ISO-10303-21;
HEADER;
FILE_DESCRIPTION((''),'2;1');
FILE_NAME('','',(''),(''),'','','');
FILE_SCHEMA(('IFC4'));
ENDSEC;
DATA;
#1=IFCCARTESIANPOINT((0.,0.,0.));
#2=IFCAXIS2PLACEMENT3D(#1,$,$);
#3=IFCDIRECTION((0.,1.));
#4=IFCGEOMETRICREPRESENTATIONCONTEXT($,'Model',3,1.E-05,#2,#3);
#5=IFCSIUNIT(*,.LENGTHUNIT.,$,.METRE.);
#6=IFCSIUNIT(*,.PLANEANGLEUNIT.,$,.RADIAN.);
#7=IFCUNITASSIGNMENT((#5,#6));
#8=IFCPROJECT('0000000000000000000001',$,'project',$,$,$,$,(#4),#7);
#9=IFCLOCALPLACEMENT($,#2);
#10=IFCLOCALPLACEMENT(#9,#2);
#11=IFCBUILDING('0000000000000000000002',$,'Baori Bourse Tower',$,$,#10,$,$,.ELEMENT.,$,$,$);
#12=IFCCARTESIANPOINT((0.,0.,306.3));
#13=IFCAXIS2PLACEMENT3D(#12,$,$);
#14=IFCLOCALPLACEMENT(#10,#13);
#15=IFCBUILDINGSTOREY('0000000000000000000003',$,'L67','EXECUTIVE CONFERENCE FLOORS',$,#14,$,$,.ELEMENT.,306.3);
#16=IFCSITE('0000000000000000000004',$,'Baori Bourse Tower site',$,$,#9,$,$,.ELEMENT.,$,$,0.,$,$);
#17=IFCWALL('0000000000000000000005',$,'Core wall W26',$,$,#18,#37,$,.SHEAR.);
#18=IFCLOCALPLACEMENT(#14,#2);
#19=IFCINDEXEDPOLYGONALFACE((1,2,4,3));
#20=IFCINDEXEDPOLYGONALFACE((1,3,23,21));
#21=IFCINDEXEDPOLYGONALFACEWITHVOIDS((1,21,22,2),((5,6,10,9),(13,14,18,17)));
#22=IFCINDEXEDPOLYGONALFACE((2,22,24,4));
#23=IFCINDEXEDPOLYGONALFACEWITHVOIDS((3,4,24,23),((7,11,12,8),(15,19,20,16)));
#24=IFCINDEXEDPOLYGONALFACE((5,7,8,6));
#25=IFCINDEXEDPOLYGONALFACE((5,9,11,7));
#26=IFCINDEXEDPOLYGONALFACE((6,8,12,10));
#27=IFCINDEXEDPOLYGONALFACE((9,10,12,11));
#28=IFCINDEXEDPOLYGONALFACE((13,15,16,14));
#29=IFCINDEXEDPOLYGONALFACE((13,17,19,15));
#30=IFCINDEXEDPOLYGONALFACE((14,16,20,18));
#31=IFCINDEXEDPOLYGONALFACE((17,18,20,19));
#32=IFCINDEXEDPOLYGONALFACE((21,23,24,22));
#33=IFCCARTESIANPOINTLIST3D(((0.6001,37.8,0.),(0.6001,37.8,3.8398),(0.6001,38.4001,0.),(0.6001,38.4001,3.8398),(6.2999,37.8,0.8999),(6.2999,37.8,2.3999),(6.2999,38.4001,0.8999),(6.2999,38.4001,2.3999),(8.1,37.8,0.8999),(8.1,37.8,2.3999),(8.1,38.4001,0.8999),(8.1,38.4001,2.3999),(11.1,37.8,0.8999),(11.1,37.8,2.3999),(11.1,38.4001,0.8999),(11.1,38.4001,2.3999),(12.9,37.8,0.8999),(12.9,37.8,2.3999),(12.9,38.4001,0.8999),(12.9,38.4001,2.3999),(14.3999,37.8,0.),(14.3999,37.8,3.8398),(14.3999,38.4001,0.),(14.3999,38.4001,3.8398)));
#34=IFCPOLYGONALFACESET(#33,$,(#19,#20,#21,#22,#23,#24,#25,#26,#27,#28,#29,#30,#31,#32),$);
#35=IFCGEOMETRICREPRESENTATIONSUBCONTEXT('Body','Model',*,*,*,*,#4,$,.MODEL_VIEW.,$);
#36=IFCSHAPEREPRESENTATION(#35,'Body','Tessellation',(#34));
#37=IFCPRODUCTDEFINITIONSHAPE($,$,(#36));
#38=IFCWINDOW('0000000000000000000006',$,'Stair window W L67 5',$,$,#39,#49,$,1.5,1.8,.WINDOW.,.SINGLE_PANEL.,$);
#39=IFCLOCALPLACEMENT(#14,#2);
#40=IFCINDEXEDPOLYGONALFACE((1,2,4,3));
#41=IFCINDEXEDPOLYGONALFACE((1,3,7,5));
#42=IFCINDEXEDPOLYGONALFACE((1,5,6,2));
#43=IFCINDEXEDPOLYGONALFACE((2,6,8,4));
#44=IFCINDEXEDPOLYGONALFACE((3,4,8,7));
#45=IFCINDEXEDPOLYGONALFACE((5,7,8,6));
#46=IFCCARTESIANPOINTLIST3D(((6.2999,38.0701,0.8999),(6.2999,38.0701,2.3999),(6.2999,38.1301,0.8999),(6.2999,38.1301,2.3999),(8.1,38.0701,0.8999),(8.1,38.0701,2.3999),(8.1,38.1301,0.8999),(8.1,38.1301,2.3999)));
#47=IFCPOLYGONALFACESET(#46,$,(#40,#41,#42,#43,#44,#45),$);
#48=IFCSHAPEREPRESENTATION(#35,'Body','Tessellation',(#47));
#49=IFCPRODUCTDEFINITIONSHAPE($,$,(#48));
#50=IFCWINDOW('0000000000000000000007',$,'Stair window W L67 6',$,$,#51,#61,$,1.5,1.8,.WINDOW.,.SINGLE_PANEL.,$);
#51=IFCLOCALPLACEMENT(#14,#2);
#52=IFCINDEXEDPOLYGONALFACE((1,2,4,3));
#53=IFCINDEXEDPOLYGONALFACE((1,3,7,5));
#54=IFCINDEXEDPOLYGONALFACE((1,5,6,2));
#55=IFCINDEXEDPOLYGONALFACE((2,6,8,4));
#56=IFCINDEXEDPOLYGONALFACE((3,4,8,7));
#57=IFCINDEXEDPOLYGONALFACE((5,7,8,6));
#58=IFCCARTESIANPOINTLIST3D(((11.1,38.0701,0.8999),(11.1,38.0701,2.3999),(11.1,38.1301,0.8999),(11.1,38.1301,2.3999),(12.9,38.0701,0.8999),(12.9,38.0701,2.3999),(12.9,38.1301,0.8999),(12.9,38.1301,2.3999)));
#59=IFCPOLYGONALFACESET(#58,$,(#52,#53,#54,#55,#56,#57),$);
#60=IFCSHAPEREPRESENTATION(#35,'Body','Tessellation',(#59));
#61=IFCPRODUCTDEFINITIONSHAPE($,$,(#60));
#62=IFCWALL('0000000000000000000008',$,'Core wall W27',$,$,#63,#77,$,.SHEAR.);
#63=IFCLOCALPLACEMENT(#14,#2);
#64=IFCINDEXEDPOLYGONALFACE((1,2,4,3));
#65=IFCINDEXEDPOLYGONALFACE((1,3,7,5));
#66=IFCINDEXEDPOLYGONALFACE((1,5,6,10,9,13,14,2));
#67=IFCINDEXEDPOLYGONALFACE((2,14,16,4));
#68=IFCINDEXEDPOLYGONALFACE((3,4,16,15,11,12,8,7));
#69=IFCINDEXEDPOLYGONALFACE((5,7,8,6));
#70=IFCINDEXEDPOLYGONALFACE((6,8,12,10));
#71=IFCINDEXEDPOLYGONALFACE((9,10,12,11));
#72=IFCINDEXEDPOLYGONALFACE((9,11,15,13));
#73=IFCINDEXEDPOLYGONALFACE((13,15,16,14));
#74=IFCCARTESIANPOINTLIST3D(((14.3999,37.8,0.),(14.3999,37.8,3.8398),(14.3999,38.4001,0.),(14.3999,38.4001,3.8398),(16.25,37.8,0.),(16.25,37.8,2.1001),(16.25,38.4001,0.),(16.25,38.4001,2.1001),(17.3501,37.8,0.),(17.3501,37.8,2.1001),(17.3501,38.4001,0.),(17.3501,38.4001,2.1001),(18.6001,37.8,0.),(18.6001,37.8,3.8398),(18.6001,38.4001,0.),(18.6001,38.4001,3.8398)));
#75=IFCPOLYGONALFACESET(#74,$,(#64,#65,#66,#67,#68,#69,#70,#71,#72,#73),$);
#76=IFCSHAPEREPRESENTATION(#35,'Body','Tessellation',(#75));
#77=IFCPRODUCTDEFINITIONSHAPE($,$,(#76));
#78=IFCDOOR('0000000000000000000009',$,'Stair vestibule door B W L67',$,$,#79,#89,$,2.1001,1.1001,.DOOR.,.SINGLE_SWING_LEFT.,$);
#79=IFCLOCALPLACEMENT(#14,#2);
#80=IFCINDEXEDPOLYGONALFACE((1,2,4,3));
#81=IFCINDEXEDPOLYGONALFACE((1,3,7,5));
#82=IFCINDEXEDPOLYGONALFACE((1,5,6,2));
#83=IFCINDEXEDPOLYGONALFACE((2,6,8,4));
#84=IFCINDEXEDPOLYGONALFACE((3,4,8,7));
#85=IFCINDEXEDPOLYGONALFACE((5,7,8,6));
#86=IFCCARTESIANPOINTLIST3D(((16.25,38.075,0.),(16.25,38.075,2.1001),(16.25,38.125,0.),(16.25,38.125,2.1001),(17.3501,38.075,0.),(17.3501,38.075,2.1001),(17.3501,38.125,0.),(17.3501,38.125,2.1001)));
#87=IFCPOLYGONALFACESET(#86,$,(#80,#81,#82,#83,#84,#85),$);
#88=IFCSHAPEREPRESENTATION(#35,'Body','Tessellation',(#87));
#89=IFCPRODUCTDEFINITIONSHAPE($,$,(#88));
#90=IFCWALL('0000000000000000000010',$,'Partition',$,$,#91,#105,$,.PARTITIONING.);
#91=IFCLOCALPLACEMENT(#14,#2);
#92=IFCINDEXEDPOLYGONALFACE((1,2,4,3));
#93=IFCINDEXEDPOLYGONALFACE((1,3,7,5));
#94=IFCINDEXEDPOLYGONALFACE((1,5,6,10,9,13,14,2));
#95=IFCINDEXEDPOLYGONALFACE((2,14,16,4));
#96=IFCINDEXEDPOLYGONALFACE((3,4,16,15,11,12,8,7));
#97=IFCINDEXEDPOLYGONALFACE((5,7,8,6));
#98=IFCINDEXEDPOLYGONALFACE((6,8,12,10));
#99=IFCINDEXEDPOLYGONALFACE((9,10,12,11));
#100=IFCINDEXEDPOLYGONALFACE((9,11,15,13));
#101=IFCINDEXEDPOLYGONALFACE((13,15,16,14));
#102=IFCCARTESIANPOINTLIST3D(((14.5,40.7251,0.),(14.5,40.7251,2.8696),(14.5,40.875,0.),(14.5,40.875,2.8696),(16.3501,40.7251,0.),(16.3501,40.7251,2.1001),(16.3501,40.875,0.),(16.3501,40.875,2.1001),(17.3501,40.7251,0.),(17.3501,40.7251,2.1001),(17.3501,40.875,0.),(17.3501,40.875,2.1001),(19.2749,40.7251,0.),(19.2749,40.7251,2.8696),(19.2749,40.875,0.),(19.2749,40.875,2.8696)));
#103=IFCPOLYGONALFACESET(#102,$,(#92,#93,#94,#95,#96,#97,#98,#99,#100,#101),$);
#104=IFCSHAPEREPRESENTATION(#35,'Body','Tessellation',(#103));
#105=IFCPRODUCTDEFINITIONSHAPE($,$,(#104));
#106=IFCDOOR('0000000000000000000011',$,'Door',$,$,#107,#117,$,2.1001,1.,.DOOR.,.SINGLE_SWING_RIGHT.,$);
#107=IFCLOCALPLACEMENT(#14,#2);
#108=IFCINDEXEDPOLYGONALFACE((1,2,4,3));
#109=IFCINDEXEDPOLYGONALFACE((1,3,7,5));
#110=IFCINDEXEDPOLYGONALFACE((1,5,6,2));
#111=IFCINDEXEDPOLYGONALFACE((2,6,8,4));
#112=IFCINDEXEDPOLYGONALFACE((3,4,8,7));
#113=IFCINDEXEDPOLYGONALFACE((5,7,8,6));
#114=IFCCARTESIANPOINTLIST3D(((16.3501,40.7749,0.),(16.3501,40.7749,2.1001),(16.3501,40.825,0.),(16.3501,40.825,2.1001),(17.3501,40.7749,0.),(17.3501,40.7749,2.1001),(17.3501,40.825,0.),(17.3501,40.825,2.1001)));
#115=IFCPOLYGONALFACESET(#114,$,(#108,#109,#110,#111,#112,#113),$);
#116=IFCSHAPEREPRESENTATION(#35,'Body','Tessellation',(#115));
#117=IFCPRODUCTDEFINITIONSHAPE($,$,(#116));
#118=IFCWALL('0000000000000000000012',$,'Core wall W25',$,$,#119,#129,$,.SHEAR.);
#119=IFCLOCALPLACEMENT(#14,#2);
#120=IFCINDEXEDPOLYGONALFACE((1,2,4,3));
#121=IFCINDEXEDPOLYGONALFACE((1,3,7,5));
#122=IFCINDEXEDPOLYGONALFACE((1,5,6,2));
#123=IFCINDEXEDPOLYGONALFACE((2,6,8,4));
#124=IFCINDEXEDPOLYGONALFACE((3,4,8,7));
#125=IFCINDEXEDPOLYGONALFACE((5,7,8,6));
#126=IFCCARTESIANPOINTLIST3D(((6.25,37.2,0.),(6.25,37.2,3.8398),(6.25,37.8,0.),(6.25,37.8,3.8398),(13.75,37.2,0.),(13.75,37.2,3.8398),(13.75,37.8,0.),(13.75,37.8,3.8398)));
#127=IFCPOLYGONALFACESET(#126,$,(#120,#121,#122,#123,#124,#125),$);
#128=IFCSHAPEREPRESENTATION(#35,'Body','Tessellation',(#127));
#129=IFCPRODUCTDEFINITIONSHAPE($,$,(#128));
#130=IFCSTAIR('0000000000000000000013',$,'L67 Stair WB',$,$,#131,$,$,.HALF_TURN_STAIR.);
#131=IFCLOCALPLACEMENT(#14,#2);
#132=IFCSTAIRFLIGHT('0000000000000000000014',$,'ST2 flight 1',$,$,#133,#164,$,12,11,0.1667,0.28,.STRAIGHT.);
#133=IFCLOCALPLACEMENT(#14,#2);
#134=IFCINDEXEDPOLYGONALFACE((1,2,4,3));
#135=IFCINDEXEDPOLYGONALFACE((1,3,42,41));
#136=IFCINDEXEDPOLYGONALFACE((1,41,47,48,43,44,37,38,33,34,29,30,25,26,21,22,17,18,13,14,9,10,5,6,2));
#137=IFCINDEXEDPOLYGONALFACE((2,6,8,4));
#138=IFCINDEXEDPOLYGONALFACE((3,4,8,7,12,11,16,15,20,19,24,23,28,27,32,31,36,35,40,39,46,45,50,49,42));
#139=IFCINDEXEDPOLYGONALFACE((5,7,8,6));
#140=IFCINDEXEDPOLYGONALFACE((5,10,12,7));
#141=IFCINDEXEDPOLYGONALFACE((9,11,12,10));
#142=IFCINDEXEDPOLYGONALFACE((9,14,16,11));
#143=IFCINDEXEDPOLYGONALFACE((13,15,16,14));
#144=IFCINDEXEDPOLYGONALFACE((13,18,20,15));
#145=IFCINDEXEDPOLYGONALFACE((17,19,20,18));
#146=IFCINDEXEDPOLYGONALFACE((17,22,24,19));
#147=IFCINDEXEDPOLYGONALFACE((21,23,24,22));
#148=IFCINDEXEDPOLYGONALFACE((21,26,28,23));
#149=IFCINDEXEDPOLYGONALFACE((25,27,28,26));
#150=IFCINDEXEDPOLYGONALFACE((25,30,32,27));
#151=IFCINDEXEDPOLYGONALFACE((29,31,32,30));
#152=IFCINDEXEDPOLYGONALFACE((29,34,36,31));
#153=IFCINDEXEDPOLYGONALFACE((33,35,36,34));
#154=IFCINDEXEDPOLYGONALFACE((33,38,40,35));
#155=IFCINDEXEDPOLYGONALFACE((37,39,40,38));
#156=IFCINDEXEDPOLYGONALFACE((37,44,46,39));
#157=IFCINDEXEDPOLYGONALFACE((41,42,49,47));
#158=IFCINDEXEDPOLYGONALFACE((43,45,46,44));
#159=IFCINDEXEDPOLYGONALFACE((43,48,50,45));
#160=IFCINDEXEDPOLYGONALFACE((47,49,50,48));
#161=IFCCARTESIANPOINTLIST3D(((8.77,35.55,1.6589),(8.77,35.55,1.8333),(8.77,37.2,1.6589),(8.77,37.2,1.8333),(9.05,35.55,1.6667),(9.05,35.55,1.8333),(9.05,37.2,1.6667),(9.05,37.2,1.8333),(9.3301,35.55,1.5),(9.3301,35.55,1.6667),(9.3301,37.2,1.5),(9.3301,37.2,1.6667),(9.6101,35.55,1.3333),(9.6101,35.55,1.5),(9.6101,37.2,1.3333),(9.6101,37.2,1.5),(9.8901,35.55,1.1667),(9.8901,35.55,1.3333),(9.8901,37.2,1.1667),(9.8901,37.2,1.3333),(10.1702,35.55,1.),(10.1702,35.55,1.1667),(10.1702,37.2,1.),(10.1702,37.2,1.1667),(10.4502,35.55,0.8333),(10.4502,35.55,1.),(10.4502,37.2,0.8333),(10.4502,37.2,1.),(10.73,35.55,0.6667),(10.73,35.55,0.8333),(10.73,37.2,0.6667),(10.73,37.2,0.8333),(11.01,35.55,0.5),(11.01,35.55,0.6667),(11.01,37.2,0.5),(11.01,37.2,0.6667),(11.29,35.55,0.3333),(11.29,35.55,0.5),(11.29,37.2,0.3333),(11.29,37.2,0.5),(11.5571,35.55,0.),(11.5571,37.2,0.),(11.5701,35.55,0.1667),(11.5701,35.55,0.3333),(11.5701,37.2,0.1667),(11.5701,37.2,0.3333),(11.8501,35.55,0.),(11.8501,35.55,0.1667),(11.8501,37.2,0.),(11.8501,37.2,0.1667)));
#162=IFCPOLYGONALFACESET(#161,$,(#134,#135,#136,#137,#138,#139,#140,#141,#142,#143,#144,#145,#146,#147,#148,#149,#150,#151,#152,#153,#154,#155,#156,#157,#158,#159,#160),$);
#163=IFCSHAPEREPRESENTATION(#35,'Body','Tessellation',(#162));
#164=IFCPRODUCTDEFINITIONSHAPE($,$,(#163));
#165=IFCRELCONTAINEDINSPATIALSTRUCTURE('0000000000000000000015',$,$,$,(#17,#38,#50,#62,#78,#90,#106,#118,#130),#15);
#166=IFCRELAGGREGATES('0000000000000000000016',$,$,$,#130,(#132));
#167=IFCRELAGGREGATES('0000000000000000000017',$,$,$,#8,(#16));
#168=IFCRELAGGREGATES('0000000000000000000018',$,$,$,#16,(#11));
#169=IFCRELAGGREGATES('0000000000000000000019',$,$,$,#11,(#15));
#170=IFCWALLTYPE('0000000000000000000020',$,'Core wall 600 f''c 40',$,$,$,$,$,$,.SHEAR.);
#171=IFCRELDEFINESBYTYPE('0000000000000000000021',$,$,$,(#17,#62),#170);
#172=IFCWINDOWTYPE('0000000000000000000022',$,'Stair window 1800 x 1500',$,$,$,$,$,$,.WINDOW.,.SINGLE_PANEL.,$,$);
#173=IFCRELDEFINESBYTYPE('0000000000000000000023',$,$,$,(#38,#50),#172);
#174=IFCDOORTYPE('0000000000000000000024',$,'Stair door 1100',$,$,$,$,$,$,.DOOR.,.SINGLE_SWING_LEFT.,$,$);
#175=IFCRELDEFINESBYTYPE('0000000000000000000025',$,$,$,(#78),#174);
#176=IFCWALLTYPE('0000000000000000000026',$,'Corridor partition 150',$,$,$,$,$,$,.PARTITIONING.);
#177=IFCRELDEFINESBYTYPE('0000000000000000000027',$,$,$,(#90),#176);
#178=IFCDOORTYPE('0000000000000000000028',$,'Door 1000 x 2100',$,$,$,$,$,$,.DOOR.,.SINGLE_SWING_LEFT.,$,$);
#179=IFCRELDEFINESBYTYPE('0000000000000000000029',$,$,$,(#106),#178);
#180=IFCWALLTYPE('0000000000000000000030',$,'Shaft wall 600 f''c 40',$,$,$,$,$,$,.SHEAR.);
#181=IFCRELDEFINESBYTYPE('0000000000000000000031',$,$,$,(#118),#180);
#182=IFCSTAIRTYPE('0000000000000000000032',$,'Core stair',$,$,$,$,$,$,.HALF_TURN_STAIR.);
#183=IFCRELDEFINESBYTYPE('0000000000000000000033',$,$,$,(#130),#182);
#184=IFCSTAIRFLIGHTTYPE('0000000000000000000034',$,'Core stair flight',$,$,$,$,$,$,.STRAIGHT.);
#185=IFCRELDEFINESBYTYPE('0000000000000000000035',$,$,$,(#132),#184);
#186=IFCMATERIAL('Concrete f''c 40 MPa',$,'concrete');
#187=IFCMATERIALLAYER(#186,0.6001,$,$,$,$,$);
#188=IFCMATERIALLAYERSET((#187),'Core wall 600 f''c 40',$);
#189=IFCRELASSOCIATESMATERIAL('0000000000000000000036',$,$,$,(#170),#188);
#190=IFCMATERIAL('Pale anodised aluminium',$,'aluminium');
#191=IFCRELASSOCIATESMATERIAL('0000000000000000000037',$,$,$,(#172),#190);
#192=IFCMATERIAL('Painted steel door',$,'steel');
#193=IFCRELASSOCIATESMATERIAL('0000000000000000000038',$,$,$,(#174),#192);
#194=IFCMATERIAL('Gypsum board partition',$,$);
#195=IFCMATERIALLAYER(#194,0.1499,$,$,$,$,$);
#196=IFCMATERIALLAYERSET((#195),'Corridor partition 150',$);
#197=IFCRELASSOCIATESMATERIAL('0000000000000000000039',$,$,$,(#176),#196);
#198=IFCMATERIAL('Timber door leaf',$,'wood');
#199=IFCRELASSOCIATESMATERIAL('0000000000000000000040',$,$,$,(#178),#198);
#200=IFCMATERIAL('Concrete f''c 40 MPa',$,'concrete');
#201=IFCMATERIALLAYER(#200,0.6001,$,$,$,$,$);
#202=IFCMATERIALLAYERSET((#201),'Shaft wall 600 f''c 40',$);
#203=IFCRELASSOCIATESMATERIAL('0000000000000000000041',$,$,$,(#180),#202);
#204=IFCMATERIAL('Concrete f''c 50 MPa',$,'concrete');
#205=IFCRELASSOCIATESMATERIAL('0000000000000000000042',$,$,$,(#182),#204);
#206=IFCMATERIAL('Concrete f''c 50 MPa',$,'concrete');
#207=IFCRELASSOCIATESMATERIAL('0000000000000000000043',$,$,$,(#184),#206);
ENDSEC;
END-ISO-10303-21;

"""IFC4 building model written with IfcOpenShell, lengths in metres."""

from ifc_helpers import new_model, si_unit, direction, frame, frame_2d, origin, place, context, subcontext, project, spatial, polyline, rectangle, outline, extrude, material, layer, layer_set, type_object, element, fill, aggregate, save


model = new_model("IFC4")

# Units and contexts
model_context = context("Model", 3, precision=1e-05, world=origin(), true_north=direction((0.0, 1.0)))
body_context = subcontext(model_context, "Body", "Model", "MODEL_VIEW")
ifc_project = project(units=[si_unit("LENGTHUNIT", "METRE"), si_unit("PLANEANGLEUNIT", "RADIAN")], contexts=[model_context])

# Site, building, storey
site_placement = place(None, origin())
site = spatial("IfcSite", under=ifc_project, at=site_placement, Name="Baori Bourse Tower site", CompositionType="ELEMENT", RefElevation=0.0)
building_placement = place(site_placement, origin())
building = spatial("IfcBuilding", under=site, at=building_placement, Name="Baori Bourse Tower", CompositionType="ELEMENT")
storey_placement = place(building_placement, frame((0.0, 0.0, 306.3)))
storey = spatial("IfcBuildingStorey", under=building, at=storey_placement, Name="L67", Description="EXECUTIVE CONFERENCE FLOORS", CompositionType="ELEMENT", Elevation=306.3)

# Wall, openings, windows
ifc_material_1 = material(Name="Concrete f'c 40 MPa", Category="concrete")
ifc_layer_1 = layer(ifc_material_1, 0.6001)
ifc_layer_set_1 = layer_set([ifc_layer_1], Name="Core wall 600 f'c 40")
wall_type_1 = type_object("IfcWallType", Name="Core wall 600 f'c 40", PredefinedType="SHEAR", material=ifc_layer_set_1)
wall_1_placement = place(storey_placement, frame((0.6001, 38.1001, 0.0), z_axis=(0.0, 0.0, 1.0), x_axis=(1.0, 0.0, 0.0)))
wall_1 = element("IfcWall", 1, at=wall_1_placement, inside=storey, type_object=wall_type_1, Name="Core wall W26", PredefinedType="SHEAR", context=body_context, shape_type="SweptSolid", body=[
    extrude(rectangle(XDim=13.7998, YDim=0.6001, at=frame_2d((6.8999, 0.0))), origin(), (0.0, 0.0, 1.0), 3.8398),
])
opening_1_placement = place(wall_1_placement, frame((5.7, 0.0, 0.8999)))
opening_1 = element("IfcOpeningElement", 2, at=opening_1_placement, cuts=wall_1, PredefinedType="OPENING", context=body_context, shape_type="SweptSolid", body=[
    extrude(rectangle(XDim=1.8, YDim=1.5, at=frame_2d((0.8999, 0.75))), frame((0.0, 0.3101, 0.0), z_axis=(0.0, -1.0, 0.0), x_axis=(1.0, 0.0, 0.0)), (0.0, 0.0, 1.0), 0.6201),
])
opening_2_placement = place(wall_1_placement, frame((10.5, 0.0, 0.8999)))
opening_2 = element("IfcOpeningElement", 3, at=opening_2_placement, cuts=wall_1, PredefinedType="OPENING", context=body_context, shape_type="SweptSolid", body=[
    extrude(rectangle(XDim=1.8, YDim=1.5, at=frame_2d((0.8999, 0.75))), frame((0.0, 0.3101, 0.0), z_axis=(0.0, -1.0, 0.0), x_axis=(1.0, 0.0, 0.0)), (0.0, 0.0, 1.0), 0.6201),
])
ifc_material_2 = material(Name="Pale anodised aluminium", Category="aluminium")
window_type = type_object("IfcWindowType", Name="Stair window 1800 x 1500", PartitioningType="SINGLE_PANEL", PredefinedType="WINDOW", material=ifc_material_2)
window_1_placement = place(opening_1_placement, origin())
window_1 = element("IfcWindow", 4, at=window_1_placement, inside=storey, type_object=window_type, Name="Stair window W L67 5", OverallHeight=1.5, OverallWidth=1.8, PartitioningType="SINGLE_PANEL", PredefinedType="WINDOW", context=body_context, shape_type="SweptSolid", body=[
    extrude(rectangle(XDim=1.8, YDim=1.5, at=frame_2d((0.8999, 0.75))), frame((0.0, 0.03, 0.0), z_axis=(0.0, -1.0, 0.0), x_axis=(1.0, 0.0, 0.0)), (0.0, 0.0, 1.0), 0.0601),
])
fill(opening_1, window_1)
window_2_placement = place(opening_2_placement, origin())
window_2 = element("IfcWindow", 5, at=window_2_placement, inside=storey, type_object=window_type, Name="Stair window W L67 6", OverallHeight=1.5, OverallWidth=1.8, PartitioningType="SINGLE_PANEL", PredefinedType="WINDOW", context=body_context, shape_type="SweptSolid", body=[
    extrude(rectangle(XDim=1.8, YDim=1.5, at=frame_2d((0.8999, 0.75))), frame((0.0, 0.03, 0.0), z_axis=(0.0, -1.0, 0.0), x_axis=(1.0, 0.0, 0.0)), (0.0, 0.0, 1.0), 0.0601),
])
fill(opening_2, window_2)

# Walls, openings, doors
wall_2_placement = place(storey_placement, frame((14.3999, 38.1001, 0.0), z_axis=(0.0, 0.0, 1.0), x_axis=(1.0, 0.0, 0.0)))
wall_2 = element("IfcWall", 6, at=wall_2_placement, inside=storey, type_object=wall_type_1, Name="Core wall W27", PredefinedType="SHEAR", context=body_context, shape_type="SweptSolid", body=[
    extrude(rectangle(XDim=4.2002, YDim=0.6001, at=frame_2d((2.1001, 0.0))), origin(), (0.0, 0.0, 1.0), 3.8398),
])
opening_3_placement = place(wall_2_placement, frame((1.8501, 0.0, 0.0)))
opening_3 = element("IfcOpeningElement", 7, at=opening_3_placement, cuts=wall_2, PredefinedType="OPENING", context=body_context, shape_type="SweptSolid", body=[
    extrude(rectangle(XDim=1.1001, YDim=2.1001, at=frame_2d((0.55, 1.05))), frame((0.0, 0.3101, 0.0), z_axis=(0.0, -1.0, 0.0), x_axis=(1.0, 0.0, 0.0)), (0.0, 0.0, 1.0), 0.6201),
])
ifc_material_3 = material(Name="Painted steel door", Category="steel")
door_type_1 = type_object("IfcDoorType", Name="Stair door 1100", OperationType="SINGLE_SWING_LEFT", PredefinedType="DOOR", material=ifc_material_3)
door_1_placement = place(opening_3_placement, origin())
door_1 = element("IfcDoor", 8, at=door_1_placement, inside=storey, type_object=door_type_1, Name="Stair vestibule door B W L67", OperationType="SINGLE_SWING_LEFT", OverallHeight=2.1001, OverallWidth=1.1001, PredefinedType="DOOR", context=body_context, shape_type="SweptSolid", body=[
    extrude(rectangle(XDim=1.1001, YDim=2.1001, at=frame_2d((0.55, 1.05))), frame((0.0, 0.0249, 0.0), z_axis=(0.0, -1.0, 0.0), x_axis=(1.0, 0.0, 0.0)), (0.0, 0.0, 1.0), 0.05),
])
fill(opening_3, door_1)
ifc_material_4 = material(Name="Gypsum board partition")
ifc_layer_2 = layer(ifc_material_4, 0.1499)
ifc_layer_set_2 = layer_set([ifc_layer_2], Name="Corridor partition 150")
wall_type_2 = type_object("IfcWallType", Name="Corridor partition 150", PredefinedType="PARTITIONING", material=ifc_layer_set_2)
wall_3_placement = place(storey_placement, frame((14.5, 40.8, 0.0), z_axis=(0.0, 0.0, 1.0), x_axis=(1.0, 0.0, 0.0)))
wall_3 = element("IfcWall", 9, at=wall_3_placement, inside=storey, type_object=wall_type_2, Name="Partition", PredefinedType="PARTITIONING", context=body_context, shape_type="SweptSolid", body=[
    extrude(rectangle(XDim=4.7749, YDim=0.1499, at=frame_2d((2.3875, 0.0))), origin(), (0.0, 0.0, 1.0), 2.8696),
])
opening_4_placement = place(wall_3_placement, frame((1.8501, 0.0, 0.0)))
opening_4 = element("IfcOpeningElement", 10, at=opening_4_placement, cuts=wall_3, PredefinedType="OPENING", context=body_context, shape_type="SweptSolid", body=[
    extrude(rectangle(XDim=1.0, YDim=2.1001, at=frame_2d((0.5, 1.05))), frame((0.0, 0.085, 0.0), z_axis=(0.0, -1.0, 0.0), x_axis=(1.0, 0.0, 0.0)), (0.0, 0.0, 1.0), 0.1699),
])
ifc_material_5 = material(Name="Timber door leaf", Category="wood")
door_type_2 = type_object("IfcDoorType", Name="Door 1000 x 2100", OperationType="SINGLE_SWING_LEFT", PredefinedType="DOOR", material=ifc_material_5)
door_2_placement = place(opening_4_placement, origin())
door_2 = element("IfcDoor", 11, at=door_2_placement, inside=storey, type_object=door_type_2, Name="Door", OperationType="SINGLE_SWING_RIGHT", OverallHeight=2.1001, OverallWidth=1.0, PredefinedType="DOOR", context=body_context, shape_type="SweptSolid", body=[
    extrude(rectangle(XDim=1.0, YDim=2.1001, at=frame_2d((0.5, 1.05))), frame((0.0, 0.0249, 0.0), z_axis=(0.0, -1.0, 0.0), x_axis=(1.0, 0.0, 0.0)), (0.0, 0.0, 1.0), 0.05),
])
fill(opening_4, door_2)

# Wall
ifc_material_6 = material(Name="Concrete f'c 40 MPa", Category="concrete")
ifc_layer_3 = layer(ifc_material_6, 0.6001)
ifc_layer_set_3 = layer_set([ifc_layer_3], Name="Shaft wall 600 f'c 40")
wall_type_3 = type_object("IfcWallType", Name="Shaft wall 600 f'c 40", PredefinedType="SHEAR", material=ifc_layer_set_3)
wall_4_placement = place(storey_placement, frame((6.25, 37.5, 0.0), z_axis=(0.0, 0.0, 1.0), x_axis=(1.0, 0.0, 0.0)))
element("IfcWall", 12, at=wall_4_placement, inside=storey, type_object=wall_type_3, Name="Core wall W25", PredefinedType="SHEAR", context=body_context, shape_type="SweptSolid", body=[
    extrude(rectangle(XDim=7.5, YDim=0.6001, at=frame_2d((3.75, 0.0))), origin(), (0.0, 0.0, 1.0), 3.8398),
])

# Stair, stair flight
ifc_material_7 = material(Name="Concrete f'c 50 MPa", Category="concrete")
stair_type = type_object("IfcStairType", Name="Core stair", PredefinedType="HALF_TURN_STAIR", material=ifc_material_7)
stair_placement = place(storey_placement, origin())
stair = element("IfcStair", 13, at=stair_placement, inside=storey, type_object=stair_type, Name="L67 Stair WB", PredefinedType="HALF_TURN_STAIR")
ifc_material_8 = material(Name="Concrete f'c 50 MPa", Category="concrete")
stair_flight_type = type_object("IfcStairFlightType", Name="Core stair flight", PredefinedType="STRAIGHT", material=ifc_material_8)
stair_flight_placement = place(storey_placement, frame((11.8501, 36.375, 0.0), z_axis=(0.0, 0.0, 1.0), x_axis=(-1.0, 0.0, 0.0)))
stair_flight = element("IfcStairFlight", 14, at=stair_flight_placement, type_object=stair_flight_type, Name="ST2 flight 1", NumberOfRisers=12, NumberOfTreads=11, PredefinedType="STRAIGHT", RiserHeight=0.1667, TreadLength=0.28, context=body_context, shape_type="SweptSolid", body=[
    extrude(outline(polyline([(0.0, 0.0), (0.0, 0.1667), (0.28, 0.1667), (0.28, 0.3333), (0.5601, 0.3333), (0.5601, 0.5), (0.8401, 0.5), (0.8401, 0.6667), (1.1201, 0.6667), (1.1201, 0.8333), (1.3999, 0.8333), (1.3999, 1.0), (1.6799, 1.0), (1.6799, 1.1667), (1.96, 1.1667), (1.96, 1.3333), (2.24, 1.3333), (2.24, 1.5), (2.52, 1.5), (2.52, 1.6667), (2.8, 1.6667), (2.8, 1.8333), (3.0801, 1.8333), (3.0801, 2.0), (3.0801, 1.6589), (0.293, 0.0), (0.0, 0.0)])), frame((0.0, 0.825, 0.0), z_axis=(0.0, -1.0, 0.0), x_axis=(1.0, 0.0, 0.0)), (0.0, 0.0, 1.0), 1.6499),
])
aggregate(stair, [stair_flight])

save(model, "model.ifc")
